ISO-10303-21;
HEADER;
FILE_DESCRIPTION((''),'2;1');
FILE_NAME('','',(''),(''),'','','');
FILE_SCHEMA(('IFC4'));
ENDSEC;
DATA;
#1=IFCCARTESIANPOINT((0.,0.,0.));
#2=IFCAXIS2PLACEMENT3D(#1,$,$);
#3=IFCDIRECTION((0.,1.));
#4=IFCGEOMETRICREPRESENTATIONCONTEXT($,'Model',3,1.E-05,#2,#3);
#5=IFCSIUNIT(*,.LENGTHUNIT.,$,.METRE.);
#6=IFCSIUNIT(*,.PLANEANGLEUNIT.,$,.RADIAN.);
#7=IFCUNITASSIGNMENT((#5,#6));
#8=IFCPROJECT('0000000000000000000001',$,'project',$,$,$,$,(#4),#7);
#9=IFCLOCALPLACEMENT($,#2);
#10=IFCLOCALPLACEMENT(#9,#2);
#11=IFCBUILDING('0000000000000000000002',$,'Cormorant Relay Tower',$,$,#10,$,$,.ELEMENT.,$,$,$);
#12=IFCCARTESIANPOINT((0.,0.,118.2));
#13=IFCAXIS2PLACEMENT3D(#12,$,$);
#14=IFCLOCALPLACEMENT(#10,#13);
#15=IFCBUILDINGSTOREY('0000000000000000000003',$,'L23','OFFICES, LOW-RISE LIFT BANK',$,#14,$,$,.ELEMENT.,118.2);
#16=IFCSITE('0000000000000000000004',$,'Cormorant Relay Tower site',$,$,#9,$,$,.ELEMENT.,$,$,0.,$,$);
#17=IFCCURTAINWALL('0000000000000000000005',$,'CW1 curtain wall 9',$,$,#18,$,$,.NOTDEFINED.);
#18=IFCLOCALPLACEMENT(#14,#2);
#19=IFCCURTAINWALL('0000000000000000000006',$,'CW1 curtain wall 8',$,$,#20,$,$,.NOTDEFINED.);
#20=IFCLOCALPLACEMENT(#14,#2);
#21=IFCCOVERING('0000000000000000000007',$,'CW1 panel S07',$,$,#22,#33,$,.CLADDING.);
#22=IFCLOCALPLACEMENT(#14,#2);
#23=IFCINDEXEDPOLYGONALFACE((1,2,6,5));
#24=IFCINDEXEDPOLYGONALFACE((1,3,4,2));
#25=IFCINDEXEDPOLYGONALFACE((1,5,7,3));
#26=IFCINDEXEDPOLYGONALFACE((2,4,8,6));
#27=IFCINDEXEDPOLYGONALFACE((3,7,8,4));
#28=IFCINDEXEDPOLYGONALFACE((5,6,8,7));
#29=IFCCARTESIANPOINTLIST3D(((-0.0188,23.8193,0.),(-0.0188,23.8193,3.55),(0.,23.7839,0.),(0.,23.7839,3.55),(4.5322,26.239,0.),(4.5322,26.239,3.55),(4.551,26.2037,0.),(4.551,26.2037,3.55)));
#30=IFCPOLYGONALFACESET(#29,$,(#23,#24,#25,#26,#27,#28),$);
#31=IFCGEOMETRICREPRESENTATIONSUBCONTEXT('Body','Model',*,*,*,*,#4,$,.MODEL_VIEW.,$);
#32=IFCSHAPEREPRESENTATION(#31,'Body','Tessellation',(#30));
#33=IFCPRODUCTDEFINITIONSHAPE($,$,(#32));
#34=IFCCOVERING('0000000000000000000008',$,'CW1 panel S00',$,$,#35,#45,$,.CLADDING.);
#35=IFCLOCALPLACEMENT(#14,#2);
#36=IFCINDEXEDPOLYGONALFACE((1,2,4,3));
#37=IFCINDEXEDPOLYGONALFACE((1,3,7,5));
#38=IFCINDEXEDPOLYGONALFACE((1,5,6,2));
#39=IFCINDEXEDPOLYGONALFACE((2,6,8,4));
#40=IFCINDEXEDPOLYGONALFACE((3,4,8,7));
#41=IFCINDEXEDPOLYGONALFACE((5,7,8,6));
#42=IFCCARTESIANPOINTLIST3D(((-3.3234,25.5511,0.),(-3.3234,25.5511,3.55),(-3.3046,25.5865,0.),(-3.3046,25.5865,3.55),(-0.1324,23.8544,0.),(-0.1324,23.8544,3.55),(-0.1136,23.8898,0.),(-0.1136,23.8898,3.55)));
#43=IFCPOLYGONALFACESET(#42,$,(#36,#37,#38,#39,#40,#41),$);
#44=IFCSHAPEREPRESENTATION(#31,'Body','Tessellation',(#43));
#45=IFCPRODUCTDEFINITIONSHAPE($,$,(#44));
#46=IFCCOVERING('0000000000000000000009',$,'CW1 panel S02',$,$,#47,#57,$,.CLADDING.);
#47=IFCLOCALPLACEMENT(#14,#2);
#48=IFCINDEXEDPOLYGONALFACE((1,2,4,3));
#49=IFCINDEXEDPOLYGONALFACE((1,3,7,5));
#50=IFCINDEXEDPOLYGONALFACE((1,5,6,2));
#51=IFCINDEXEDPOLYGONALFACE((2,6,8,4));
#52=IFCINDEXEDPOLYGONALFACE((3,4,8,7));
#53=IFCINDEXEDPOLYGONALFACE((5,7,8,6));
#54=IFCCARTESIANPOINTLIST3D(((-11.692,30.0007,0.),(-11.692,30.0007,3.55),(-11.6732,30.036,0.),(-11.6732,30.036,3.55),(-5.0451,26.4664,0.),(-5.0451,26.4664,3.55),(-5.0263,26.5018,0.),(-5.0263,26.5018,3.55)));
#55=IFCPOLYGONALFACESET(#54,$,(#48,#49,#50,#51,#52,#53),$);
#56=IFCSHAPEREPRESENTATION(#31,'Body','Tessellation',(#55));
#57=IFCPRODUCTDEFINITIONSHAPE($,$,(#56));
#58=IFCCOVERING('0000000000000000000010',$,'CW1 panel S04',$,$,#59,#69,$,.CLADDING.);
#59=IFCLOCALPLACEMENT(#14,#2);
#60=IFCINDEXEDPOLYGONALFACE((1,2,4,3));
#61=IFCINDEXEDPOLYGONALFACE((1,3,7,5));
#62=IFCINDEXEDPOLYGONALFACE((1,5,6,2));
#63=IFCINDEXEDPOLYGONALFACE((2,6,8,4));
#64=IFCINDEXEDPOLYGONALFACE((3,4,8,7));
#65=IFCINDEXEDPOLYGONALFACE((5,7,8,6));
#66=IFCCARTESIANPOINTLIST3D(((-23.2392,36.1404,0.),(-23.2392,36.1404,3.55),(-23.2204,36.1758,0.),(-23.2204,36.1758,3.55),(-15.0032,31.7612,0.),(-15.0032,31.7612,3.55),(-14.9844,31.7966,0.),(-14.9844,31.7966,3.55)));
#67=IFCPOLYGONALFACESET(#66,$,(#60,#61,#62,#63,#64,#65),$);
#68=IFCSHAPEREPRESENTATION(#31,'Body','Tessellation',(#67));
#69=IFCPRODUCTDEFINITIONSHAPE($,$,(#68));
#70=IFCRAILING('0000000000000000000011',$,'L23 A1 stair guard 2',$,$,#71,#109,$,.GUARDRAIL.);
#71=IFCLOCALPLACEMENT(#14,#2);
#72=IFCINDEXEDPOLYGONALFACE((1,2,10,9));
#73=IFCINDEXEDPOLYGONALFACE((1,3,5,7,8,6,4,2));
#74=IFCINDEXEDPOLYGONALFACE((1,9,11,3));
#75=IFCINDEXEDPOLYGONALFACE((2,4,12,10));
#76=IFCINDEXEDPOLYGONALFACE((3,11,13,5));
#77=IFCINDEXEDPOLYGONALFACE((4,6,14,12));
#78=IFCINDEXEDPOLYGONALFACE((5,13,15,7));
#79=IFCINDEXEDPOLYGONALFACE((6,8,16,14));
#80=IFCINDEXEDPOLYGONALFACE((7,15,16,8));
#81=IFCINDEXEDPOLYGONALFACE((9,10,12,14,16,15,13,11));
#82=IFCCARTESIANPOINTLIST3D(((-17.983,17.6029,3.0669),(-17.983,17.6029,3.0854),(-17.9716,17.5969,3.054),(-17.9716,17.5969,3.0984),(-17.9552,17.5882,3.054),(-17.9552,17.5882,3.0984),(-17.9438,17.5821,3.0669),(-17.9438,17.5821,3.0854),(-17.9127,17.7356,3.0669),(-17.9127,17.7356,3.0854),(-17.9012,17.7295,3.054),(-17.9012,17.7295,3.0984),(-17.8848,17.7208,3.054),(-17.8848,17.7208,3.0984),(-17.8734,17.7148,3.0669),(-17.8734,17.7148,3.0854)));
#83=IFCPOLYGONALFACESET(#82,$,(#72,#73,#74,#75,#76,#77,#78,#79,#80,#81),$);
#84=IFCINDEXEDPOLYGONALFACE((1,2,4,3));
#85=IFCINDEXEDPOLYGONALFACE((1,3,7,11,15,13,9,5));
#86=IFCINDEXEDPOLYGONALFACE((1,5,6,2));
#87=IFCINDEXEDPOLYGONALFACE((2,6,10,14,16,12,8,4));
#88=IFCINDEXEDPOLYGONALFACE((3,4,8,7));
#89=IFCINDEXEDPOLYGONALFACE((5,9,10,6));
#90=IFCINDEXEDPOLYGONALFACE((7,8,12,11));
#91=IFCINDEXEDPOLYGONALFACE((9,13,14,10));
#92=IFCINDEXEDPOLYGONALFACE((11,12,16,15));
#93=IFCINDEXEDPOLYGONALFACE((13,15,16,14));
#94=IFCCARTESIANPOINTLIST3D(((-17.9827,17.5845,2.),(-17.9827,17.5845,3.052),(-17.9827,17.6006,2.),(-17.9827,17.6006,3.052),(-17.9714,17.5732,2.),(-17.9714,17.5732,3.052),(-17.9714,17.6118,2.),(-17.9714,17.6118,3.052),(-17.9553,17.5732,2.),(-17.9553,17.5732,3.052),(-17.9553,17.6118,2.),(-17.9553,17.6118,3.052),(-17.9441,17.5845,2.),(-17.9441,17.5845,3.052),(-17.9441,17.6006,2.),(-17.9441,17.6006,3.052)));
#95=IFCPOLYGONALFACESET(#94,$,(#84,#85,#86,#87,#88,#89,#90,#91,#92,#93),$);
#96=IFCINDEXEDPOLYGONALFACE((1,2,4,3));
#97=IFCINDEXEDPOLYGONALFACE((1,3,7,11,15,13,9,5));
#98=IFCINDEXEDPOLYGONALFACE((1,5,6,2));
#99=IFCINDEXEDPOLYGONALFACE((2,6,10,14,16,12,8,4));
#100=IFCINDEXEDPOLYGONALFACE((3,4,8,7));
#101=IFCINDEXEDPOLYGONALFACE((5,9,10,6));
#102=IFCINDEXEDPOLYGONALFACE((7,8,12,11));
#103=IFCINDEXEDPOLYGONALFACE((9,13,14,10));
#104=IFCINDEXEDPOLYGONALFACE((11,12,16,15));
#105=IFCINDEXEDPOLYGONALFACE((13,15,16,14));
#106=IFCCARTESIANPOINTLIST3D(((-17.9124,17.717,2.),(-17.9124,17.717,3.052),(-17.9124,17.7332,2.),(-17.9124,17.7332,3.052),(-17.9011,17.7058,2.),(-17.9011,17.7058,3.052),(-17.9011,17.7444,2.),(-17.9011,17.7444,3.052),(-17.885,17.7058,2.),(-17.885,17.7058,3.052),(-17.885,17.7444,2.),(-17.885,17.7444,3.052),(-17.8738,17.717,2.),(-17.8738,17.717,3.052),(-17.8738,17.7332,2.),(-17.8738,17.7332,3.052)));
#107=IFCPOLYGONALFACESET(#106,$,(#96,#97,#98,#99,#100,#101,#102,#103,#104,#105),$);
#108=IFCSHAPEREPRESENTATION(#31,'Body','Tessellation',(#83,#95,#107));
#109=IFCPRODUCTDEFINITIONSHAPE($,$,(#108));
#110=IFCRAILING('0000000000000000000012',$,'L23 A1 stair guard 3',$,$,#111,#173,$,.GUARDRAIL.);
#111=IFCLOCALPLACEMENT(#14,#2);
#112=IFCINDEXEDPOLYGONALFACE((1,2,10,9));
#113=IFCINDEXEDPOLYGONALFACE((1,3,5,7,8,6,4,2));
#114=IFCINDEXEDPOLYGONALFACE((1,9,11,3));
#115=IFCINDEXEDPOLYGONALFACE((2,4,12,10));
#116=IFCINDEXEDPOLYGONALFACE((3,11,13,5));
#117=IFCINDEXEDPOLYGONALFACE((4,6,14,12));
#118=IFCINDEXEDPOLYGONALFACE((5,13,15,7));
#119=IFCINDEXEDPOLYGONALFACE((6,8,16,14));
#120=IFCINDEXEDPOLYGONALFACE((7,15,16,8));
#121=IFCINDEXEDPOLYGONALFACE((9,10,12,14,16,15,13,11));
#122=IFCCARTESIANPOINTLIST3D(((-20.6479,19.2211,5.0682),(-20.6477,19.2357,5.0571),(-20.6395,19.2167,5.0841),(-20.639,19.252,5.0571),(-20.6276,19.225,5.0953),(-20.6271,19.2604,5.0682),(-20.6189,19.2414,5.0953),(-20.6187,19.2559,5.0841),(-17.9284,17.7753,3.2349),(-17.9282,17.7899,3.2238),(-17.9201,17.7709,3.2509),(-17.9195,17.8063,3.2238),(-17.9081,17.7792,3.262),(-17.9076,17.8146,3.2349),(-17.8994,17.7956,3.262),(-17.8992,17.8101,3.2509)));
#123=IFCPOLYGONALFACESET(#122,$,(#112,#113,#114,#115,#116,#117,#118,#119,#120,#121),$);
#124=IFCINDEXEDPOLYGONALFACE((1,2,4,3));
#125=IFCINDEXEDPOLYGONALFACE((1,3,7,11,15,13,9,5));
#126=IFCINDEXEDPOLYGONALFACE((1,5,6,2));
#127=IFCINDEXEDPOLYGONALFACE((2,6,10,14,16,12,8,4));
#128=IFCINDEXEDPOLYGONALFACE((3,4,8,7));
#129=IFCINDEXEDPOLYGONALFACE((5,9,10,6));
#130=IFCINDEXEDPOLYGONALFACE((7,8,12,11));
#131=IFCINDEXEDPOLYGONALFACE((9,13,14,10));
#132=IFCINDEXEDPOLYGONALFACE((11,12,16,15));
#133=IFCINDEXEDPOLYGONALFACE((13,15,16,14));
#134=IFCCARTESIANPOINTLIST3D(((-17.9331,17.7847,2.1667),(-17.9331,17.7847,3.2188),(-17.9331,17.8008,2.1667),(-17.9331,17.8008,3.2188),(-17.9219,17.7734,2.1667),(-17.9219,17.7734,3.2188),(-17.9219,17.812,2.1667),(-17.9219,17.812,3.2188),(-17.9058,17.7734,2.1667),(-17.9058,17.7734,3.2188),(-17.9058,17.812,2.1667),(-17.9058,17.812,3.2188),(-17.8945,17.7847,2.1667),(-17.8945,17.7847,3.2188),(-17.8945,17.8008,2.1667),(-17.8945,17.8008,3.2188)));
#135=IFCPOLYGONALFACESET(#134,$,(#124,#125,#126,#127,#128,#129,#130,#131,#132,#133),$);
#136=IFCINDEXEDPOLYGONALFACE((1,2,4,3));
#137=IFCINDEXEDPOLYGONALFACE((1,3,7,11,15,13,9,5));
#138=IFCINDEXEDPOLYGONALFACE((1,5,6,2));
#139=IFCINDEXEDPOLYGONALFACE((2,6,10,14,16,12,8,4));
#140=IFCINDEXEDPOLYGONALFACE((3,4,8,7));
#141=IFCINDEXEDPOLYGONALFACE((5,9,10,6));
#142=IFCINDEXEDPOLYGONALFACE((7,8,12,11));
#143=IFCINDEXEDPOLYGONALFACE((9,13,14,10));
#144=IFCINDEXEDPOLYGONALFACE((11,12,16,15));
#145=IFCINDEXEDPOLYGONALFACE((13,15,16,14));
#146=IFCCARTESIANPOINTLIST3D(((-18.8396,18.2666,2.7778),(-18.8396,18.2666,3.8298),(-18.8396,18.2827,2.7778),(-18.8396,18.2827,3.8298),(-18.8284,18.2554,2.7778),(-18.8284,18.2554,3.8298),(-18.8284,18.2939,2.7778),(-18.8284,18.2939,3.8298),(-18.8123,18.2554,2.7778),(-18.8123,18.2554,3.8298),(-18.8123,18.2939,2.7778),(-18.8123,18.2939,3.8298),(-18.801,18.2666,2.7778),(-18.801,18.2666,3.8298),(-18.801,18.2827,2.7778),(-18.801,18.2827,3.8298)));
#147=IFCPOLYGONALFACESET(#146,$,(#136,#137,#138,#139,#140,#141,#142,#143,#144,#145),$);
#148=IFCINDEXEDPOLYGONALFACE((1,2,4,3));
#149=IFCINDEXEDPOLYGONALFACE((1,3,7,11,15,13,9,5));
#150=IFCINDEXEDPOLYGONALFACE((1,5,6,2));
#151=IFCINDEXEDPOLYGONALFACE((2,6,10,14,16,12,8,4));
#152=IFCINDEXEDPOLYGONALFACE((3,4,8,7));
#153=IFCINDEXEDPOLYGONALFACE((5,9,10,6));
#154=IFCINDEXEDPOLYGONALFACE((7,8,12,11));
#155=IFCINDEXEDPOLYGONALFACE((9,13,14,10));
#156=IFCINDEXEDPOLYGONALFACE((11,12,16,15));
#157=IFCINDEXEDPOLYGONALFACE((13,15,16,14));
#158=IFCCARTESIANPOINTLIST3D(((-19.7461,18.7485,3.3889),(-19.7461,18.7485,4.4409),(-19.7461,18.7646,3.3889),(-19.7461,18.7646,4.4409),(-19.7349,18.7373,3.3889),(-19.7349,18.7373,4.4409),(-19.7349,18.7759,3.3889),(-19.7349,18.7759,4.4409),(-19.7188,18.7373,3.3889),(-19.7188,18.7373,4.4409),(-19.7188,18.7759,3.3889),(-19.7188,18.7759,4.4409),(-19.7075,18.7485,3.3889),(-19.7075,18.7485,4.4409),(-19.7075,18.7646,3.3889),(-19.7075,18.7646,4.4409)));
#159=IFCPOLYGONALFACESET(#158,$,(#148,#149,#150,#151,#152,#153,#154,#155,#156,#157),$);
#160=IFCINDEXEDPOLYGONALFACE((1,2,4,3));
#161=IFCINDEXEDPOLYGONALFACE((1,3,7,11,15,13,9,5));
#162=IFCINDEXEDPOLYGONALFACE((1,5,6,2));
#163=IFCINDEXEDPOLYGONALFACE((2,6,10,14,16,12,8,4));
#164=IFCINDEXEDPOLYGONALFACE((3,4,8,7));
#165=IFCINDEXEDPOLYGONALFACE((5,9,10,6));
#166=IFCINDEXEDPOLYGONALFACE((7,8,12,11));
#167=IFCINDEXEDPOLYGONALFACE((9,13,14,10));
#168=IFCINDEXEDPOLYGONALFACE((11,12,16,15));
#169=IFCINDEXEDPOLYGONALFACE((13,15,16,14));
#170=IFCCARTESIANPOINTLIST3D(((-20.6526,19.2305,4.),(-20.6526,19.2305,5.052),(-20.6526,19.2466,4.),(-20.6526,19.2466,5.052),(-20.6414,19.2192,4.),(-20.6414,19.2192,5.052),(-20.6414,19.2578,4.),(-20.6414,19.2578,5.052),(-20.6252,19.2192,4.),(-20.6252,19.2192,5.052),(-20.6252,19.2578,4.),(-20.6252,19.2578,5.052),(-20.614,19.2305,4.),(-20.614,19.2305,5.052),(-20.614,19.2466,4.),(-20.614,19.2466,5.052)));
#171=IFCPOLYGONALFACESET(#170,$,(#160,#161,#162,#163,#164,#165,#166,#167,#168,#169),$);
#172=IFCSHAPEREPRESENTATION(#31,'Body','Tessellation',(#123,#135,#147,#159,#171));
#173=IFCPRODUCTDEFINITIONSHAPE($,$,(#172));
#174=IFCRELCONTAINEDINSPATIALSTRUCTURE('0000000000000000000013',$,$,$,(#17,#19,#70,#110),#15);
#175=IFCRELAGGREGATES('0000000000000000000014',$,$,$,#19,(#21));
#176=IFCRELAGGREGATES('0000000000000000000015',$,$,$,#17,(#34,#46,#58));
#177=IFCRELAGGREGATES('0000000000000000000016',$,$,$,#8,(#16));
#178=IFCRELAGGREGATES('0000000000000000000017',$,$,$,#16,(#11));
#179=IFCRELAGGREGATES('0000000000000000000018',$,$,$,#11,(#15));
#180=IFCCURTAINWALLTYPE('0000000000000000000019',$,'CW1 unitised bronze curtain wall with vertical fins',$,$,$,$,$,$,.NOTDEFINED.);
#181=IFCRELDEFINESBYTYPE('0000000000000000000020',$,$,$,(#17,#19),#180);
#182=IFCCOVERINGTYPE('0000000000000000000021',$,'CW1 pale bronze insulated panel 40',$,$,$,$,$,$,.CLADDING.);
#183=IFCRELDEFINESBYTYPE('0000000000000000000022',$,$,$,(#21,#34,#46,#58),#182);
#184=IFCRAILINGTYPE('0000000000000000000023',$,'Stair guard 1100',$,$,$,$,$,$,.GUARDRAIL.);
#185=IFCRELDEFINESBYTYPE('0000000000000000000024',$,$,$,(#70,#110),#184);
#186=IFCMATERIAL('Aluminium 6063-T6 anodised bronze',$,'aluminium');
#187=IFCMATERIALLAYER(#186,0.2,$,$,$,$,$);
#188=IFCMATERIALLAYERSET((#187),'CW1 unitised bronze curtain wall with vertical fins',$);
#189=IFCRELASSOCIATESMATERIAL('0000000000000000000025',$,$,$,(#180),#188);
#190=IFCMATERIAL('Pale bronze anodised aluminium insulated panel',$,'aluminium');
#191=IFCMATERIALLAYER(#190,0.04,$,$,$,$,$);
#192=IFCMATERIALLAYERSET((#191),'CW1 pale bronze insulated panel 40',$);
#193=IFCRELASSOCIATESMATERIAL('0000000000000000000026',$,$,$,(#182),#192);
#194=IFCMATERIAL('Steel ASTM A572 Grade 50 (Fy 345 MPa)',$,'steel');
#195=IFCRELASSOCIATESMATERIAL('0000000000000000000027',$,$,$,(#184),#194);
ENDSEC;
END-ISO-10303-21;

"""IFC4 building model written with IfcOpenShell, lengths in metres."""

from ifc_helpers import new_model, si_unit, direction, frame, origin, origin_2d, place, context, subcontext, project, spatial, polyline, rectangle, outline, extrude, material, layer, layer_set, type_object, element, aggregate, save


model = new_model("IFC4")

# Units and contexts
model_context = context("Model", 3, precision=1e-05, world=origin(), true_north=direction((0.0, 1.0)))
body_context = subcontext(model_context, "Body", "Model", "MODEL_VIEW")
ifc_project = project(units=[si_unit("LENGTHUNIT", "METRE"), si_unit("PLANEANGLEUNIT", "RADIAN")], contexts=[model_context])

# Site, building, storey
site_placement = place(None, origin())
site = spatial("IfcSite", under=ifc_project, at=site_placement, Name="Cormorant Relay Tower site", CompositionType="ELEMENT", RefElevation=0.0)
building_placement = place(site_placement, origin())
building = spatial("IfcBuilding", under=site, at=building_placement, Name="Cormorant Relay Tower", CompositionType="ELEMENT")
storey_placement = place(building_placement, frame((0.0, 0.0, 118.2)))
storey = spatial("IfcBuildingStorey", under=building, at=storey_placement, Name="L23", Description="OFFICES, LOW-RISE LIFT BANK", CompositionType="ELEMENT", Elevation=118.2)

# Curtain wall
ifc_material_1 = material(Name="Aluminium 6063-T6 anodised bronze", Category="aluminium")
ifc_layer_1 = layer(ifc_material_1, 0.2)
ifc_layer_set_1 = layer_set([ifc_layer_1], Name="CW1 unitised bronze curtain wall with vertical fins")
curtain_wall_type = type_object("IfcCurtainWallType", Name="CW1 unitised bronze curtain wall with vertical fins", PredefinedType="NOTDEFINED", material=ifc_layer_set_1)
curtain_wall_1_placement = place(storey_placement, origin())
curtain_wall_1 = element("IfcCurtainWall", 1, at=curtain_wall_1_placement, inside=storey, type_object=curtain_wall_type, Name="CW1 curtain wall 9", PredefinedType="NOTDEFINED")

# Curtain wall, covering
curtain_wall_2_placement = place(storey_placement, origin())
curtain_wall_2 = element("IfcCurtainWall", 2, at=curtain_wall_2_placement, inside=storey, type_object=curtain_wall_type, Name="CW1 curtain wall 8", PredefinedType="NOTDEFINED")
ifc_material_2 = material(Name="Pale bronze anodised aluminium insulated panel", Category="aluminium")
ifc_layer_2 = layer(ifc_material_2, 0.04)
ifc_layer_set_2 = layer_set([ifc_layer_2], Name="CW1 pale bronze insulated panel 40")
covering_type = type_object("IfcCoveringType", Name="CW1 pale bronze insulated panel 40", PredefinedType="CLADDING", material=ifc_layer_set_2)
covering_1_placement = place(storey_placement, frame((2.2661, 25.0115, 0.0), z_axis=(0.0, 0.0, 1.0), x_axis=(-0.882948, -0.469472, 0.0)))
covering_1 = element("IfcCovering", 3, at=covering_1_placement, type_object=covering_type, Name="CW1 panel S07", PredefinedType="CLADDING", context=body_context, shape_type="SweptSolid", body=[
    extrude(rectangle(XDim=5.1543, YDim=0.04, at=origin_2d()), origin(), (0.0, 0.0, 1.0), 3.55),
])
aggregate(curtain_wall_2, [covering_1])

# Coverings
covering_2_placement = place(storey_placement, frame((-1.7185, 24.7205, 0.0), z_axis=(0.0, 0.0, 1.0), x_axis=(-0.882948, 0.469472, 0.0)))
covering_2 = element("IfcCovering", 4, at=covering_2_placement, type_object=covering_type, Name="CW1 panel S00", PredefinedType="CLADDING", context=body_context, shape_type="SweptSolid", body=[
    extrude(rectangle(XDim=3.614, YDim=0.04, at=origin_2d()), origin(), (0.0, 0.0, 1.0), 3.55),
])
covering_3_placement = place(storey_placement, frame((-8.3591, 28.2512, 0.0), z_axis=(0.0, 0.0, 1.0), x_axis=(-0.882948, 0.469472, 0.0)))
covering_3 = element("IfcCovering", 5, at=covering_3_placement, type_object=covering_type, Name="CW1 panel S02", PredefinedType="CLADDING", context=body_context, shape_type="SweptSolid", body=[
    extrude(rectangle(XDim=7.5281, YDim=0.04, at=origin_2d()), origin(), (0.0, 0.0, 1.0), 3.55),
])
covering_4_placement = place(storey_placement, frame((-19.1118, 33.9685, 0.0), z_axis=(0.0, 0.0, 1.0), x_axis=(-0.882948, 0.469472, 0.0)))
covering_4 = element("IfcCovering", 6, at=covering_4_placement, type_object=covering_type, Name="CW1 panel S04", PredefinedType="CLADDING", context=body_context, shape_type="SweptSolid", body=[
    extrude(rectangle(XDim=9.3279, YDim=0.04, at=origin_2d()), origin(), (0.0, 0.0, 1.0), 3.55),
])
aggregate(curtain_wall_1, [covering_2, covering_3, covering_4])

# Railings
ifc_material_3 = material(Name="Steel ASTM A572 Grade 50 (Fy 345 MPa)", Category="steel")
railing_type_1 = type_object("IfcRailingType", Name="Stair guard 1100", PredefinedType="GUARDRAIL", material=ifc_material_3)
railing_1_placement = place(storey_placement, frame((-17.9634, 17.5925, 2.0)))
element("IfcRailing", 7, at=railing_1_placement, inside=storey, type_object=railing_type_1, Name="L23 A1 stair guard 2", PredefinedType="GUARDRAIL", context=body_context, shape_type="SweptSolid", body=[
    extrude(outline(polyline([(0.0222, 0.0093), (0.0093, 0.0222), (-0.0093, 0.0222), (-0.0222, 0.0093), (-0.0222, -0.0093), (-0.0093, -0.0222), (0.0093, -0.0222), (0.0222, -0.0093), (0.0222, 0.0093)])), frame((0.0, 0.0, 1.0762), z_axis=(0.46856, 0.883431, 0.0), x_axis=(-0.883431, 0.46856, 0.0)), (0.0, 0.0, 1.0), 0.1501),
    extrude(outline(polyline([(0.0193, 0.0081), (0.0081, 0.0193), (-0.0081, 0.0193), (-0.0193, 0.0081), (-0.0193, -0.0081), (-0.0081, -0.0193), (0.0081, -0.0193), (0.0193, -0.0081), (0.0193, 0.0081)])), origin(), (0.0, 0.0, 1.0), 1.052),
    extrude(outline(polyline([(0.0193, 0.0081), (0.0081, 0.0193), (-0.0081, 0.0193), (-0.0193, 0.0081), (-0.0193, -0.0081), (-0.0081, -0.0193), (0.0081, -0.0193), (0.0193, -0.0081), (0.0193, 0.0081)])), frame((0.0703, 0.1326, 0.0)), (0.0, 0.0, 1.0), 1.052),
])
railing_2_placement = place(storey_placement, frame((-17.9138, 17.7927, 2.1667)))
element("IfcRailing", 8, at=railing_2_placement, inside=storey, type_object=railing_type_1, Name="L23 A1 stair guard 3", PredefinedType="GUARDRAIL", context=body_context, shape_type="SweptSolid", body=[
    extrude(outline(polyline([(0.0222, 0.0093), (0.0093, 0.0222), (-0.0093, 0.0222), (-0.0222, 0.0093), (-0.0222, -0.0093), (-0.0093, -0.0222), (0.0093, -0.0222), (0.0222, -0.0093), (0.0222, 0.0093)])), frame((0.0, 0.0, 1.0762), z_axis=(-0.758735, 0.403378, 0.511477), x_axis=(-0.469428, -0.882971, 0.0)), (0.0, 0.0, 1.0), 3.5842),
    extrude(outline(polyline([(0.0193, 0.0081), (0.0081, 0.0193), (-0.0081, 0.0193), (-0.0193, 0.0081), (-0.0193, -0.0081), (-0.0081, -0.0193), (0.0081, -0.0193), (0.0193, -0.0081), (0.0193, 0.0081)])), origin(), (0.0, 0.0, 1.0), 1.052),
    extrude(outline(polyline([(0.0193, 0.0081), (0.0081, 0.0193), (-0.0081, 0.0193), (-0.0193, 0.0081), (-0.0193, -0.0081), (-0.0081, -0.0193), (0.0081, -0.0193), (0.0193, -0.0081), (0.0193, 0.0081)])), frame((-0.9065, 0.4819, 0.6111)), (0.0, 0.0, 1.0), 1.052),
    extrude(outline(polyline([(0.0193, 0.0081), (0.0081, 0.0193), (-0.0081, 0.0193), (-0.0193, 0.0081), (-0.0193, -0.0081), (-0.0081, -0.0193), (0.0081, -0.0193), (0.0193, -0.0081), (0.0193, 0.0081)])), frame((-1.813, 0.9639, 1.2222)), (0.0, 0.0, 1.0), 1.052),
    extrude(outline(polyline([(0.0193, 0.0081), (0.0081, 0.0193), (-0.0081, 0.0193), (-0.0193, 0.0081), (-0.0193, -0.0081), (-0.0081, -0.0193), (0.0081, -0.0193), (0.0193, -0.0081), (0.0193, 0.0081)])), frame((-2.7195, 1.4458, 1.8333)), (0.0, 0.0, 1.0), 1.052),
])

save(model, "model.ifc")
